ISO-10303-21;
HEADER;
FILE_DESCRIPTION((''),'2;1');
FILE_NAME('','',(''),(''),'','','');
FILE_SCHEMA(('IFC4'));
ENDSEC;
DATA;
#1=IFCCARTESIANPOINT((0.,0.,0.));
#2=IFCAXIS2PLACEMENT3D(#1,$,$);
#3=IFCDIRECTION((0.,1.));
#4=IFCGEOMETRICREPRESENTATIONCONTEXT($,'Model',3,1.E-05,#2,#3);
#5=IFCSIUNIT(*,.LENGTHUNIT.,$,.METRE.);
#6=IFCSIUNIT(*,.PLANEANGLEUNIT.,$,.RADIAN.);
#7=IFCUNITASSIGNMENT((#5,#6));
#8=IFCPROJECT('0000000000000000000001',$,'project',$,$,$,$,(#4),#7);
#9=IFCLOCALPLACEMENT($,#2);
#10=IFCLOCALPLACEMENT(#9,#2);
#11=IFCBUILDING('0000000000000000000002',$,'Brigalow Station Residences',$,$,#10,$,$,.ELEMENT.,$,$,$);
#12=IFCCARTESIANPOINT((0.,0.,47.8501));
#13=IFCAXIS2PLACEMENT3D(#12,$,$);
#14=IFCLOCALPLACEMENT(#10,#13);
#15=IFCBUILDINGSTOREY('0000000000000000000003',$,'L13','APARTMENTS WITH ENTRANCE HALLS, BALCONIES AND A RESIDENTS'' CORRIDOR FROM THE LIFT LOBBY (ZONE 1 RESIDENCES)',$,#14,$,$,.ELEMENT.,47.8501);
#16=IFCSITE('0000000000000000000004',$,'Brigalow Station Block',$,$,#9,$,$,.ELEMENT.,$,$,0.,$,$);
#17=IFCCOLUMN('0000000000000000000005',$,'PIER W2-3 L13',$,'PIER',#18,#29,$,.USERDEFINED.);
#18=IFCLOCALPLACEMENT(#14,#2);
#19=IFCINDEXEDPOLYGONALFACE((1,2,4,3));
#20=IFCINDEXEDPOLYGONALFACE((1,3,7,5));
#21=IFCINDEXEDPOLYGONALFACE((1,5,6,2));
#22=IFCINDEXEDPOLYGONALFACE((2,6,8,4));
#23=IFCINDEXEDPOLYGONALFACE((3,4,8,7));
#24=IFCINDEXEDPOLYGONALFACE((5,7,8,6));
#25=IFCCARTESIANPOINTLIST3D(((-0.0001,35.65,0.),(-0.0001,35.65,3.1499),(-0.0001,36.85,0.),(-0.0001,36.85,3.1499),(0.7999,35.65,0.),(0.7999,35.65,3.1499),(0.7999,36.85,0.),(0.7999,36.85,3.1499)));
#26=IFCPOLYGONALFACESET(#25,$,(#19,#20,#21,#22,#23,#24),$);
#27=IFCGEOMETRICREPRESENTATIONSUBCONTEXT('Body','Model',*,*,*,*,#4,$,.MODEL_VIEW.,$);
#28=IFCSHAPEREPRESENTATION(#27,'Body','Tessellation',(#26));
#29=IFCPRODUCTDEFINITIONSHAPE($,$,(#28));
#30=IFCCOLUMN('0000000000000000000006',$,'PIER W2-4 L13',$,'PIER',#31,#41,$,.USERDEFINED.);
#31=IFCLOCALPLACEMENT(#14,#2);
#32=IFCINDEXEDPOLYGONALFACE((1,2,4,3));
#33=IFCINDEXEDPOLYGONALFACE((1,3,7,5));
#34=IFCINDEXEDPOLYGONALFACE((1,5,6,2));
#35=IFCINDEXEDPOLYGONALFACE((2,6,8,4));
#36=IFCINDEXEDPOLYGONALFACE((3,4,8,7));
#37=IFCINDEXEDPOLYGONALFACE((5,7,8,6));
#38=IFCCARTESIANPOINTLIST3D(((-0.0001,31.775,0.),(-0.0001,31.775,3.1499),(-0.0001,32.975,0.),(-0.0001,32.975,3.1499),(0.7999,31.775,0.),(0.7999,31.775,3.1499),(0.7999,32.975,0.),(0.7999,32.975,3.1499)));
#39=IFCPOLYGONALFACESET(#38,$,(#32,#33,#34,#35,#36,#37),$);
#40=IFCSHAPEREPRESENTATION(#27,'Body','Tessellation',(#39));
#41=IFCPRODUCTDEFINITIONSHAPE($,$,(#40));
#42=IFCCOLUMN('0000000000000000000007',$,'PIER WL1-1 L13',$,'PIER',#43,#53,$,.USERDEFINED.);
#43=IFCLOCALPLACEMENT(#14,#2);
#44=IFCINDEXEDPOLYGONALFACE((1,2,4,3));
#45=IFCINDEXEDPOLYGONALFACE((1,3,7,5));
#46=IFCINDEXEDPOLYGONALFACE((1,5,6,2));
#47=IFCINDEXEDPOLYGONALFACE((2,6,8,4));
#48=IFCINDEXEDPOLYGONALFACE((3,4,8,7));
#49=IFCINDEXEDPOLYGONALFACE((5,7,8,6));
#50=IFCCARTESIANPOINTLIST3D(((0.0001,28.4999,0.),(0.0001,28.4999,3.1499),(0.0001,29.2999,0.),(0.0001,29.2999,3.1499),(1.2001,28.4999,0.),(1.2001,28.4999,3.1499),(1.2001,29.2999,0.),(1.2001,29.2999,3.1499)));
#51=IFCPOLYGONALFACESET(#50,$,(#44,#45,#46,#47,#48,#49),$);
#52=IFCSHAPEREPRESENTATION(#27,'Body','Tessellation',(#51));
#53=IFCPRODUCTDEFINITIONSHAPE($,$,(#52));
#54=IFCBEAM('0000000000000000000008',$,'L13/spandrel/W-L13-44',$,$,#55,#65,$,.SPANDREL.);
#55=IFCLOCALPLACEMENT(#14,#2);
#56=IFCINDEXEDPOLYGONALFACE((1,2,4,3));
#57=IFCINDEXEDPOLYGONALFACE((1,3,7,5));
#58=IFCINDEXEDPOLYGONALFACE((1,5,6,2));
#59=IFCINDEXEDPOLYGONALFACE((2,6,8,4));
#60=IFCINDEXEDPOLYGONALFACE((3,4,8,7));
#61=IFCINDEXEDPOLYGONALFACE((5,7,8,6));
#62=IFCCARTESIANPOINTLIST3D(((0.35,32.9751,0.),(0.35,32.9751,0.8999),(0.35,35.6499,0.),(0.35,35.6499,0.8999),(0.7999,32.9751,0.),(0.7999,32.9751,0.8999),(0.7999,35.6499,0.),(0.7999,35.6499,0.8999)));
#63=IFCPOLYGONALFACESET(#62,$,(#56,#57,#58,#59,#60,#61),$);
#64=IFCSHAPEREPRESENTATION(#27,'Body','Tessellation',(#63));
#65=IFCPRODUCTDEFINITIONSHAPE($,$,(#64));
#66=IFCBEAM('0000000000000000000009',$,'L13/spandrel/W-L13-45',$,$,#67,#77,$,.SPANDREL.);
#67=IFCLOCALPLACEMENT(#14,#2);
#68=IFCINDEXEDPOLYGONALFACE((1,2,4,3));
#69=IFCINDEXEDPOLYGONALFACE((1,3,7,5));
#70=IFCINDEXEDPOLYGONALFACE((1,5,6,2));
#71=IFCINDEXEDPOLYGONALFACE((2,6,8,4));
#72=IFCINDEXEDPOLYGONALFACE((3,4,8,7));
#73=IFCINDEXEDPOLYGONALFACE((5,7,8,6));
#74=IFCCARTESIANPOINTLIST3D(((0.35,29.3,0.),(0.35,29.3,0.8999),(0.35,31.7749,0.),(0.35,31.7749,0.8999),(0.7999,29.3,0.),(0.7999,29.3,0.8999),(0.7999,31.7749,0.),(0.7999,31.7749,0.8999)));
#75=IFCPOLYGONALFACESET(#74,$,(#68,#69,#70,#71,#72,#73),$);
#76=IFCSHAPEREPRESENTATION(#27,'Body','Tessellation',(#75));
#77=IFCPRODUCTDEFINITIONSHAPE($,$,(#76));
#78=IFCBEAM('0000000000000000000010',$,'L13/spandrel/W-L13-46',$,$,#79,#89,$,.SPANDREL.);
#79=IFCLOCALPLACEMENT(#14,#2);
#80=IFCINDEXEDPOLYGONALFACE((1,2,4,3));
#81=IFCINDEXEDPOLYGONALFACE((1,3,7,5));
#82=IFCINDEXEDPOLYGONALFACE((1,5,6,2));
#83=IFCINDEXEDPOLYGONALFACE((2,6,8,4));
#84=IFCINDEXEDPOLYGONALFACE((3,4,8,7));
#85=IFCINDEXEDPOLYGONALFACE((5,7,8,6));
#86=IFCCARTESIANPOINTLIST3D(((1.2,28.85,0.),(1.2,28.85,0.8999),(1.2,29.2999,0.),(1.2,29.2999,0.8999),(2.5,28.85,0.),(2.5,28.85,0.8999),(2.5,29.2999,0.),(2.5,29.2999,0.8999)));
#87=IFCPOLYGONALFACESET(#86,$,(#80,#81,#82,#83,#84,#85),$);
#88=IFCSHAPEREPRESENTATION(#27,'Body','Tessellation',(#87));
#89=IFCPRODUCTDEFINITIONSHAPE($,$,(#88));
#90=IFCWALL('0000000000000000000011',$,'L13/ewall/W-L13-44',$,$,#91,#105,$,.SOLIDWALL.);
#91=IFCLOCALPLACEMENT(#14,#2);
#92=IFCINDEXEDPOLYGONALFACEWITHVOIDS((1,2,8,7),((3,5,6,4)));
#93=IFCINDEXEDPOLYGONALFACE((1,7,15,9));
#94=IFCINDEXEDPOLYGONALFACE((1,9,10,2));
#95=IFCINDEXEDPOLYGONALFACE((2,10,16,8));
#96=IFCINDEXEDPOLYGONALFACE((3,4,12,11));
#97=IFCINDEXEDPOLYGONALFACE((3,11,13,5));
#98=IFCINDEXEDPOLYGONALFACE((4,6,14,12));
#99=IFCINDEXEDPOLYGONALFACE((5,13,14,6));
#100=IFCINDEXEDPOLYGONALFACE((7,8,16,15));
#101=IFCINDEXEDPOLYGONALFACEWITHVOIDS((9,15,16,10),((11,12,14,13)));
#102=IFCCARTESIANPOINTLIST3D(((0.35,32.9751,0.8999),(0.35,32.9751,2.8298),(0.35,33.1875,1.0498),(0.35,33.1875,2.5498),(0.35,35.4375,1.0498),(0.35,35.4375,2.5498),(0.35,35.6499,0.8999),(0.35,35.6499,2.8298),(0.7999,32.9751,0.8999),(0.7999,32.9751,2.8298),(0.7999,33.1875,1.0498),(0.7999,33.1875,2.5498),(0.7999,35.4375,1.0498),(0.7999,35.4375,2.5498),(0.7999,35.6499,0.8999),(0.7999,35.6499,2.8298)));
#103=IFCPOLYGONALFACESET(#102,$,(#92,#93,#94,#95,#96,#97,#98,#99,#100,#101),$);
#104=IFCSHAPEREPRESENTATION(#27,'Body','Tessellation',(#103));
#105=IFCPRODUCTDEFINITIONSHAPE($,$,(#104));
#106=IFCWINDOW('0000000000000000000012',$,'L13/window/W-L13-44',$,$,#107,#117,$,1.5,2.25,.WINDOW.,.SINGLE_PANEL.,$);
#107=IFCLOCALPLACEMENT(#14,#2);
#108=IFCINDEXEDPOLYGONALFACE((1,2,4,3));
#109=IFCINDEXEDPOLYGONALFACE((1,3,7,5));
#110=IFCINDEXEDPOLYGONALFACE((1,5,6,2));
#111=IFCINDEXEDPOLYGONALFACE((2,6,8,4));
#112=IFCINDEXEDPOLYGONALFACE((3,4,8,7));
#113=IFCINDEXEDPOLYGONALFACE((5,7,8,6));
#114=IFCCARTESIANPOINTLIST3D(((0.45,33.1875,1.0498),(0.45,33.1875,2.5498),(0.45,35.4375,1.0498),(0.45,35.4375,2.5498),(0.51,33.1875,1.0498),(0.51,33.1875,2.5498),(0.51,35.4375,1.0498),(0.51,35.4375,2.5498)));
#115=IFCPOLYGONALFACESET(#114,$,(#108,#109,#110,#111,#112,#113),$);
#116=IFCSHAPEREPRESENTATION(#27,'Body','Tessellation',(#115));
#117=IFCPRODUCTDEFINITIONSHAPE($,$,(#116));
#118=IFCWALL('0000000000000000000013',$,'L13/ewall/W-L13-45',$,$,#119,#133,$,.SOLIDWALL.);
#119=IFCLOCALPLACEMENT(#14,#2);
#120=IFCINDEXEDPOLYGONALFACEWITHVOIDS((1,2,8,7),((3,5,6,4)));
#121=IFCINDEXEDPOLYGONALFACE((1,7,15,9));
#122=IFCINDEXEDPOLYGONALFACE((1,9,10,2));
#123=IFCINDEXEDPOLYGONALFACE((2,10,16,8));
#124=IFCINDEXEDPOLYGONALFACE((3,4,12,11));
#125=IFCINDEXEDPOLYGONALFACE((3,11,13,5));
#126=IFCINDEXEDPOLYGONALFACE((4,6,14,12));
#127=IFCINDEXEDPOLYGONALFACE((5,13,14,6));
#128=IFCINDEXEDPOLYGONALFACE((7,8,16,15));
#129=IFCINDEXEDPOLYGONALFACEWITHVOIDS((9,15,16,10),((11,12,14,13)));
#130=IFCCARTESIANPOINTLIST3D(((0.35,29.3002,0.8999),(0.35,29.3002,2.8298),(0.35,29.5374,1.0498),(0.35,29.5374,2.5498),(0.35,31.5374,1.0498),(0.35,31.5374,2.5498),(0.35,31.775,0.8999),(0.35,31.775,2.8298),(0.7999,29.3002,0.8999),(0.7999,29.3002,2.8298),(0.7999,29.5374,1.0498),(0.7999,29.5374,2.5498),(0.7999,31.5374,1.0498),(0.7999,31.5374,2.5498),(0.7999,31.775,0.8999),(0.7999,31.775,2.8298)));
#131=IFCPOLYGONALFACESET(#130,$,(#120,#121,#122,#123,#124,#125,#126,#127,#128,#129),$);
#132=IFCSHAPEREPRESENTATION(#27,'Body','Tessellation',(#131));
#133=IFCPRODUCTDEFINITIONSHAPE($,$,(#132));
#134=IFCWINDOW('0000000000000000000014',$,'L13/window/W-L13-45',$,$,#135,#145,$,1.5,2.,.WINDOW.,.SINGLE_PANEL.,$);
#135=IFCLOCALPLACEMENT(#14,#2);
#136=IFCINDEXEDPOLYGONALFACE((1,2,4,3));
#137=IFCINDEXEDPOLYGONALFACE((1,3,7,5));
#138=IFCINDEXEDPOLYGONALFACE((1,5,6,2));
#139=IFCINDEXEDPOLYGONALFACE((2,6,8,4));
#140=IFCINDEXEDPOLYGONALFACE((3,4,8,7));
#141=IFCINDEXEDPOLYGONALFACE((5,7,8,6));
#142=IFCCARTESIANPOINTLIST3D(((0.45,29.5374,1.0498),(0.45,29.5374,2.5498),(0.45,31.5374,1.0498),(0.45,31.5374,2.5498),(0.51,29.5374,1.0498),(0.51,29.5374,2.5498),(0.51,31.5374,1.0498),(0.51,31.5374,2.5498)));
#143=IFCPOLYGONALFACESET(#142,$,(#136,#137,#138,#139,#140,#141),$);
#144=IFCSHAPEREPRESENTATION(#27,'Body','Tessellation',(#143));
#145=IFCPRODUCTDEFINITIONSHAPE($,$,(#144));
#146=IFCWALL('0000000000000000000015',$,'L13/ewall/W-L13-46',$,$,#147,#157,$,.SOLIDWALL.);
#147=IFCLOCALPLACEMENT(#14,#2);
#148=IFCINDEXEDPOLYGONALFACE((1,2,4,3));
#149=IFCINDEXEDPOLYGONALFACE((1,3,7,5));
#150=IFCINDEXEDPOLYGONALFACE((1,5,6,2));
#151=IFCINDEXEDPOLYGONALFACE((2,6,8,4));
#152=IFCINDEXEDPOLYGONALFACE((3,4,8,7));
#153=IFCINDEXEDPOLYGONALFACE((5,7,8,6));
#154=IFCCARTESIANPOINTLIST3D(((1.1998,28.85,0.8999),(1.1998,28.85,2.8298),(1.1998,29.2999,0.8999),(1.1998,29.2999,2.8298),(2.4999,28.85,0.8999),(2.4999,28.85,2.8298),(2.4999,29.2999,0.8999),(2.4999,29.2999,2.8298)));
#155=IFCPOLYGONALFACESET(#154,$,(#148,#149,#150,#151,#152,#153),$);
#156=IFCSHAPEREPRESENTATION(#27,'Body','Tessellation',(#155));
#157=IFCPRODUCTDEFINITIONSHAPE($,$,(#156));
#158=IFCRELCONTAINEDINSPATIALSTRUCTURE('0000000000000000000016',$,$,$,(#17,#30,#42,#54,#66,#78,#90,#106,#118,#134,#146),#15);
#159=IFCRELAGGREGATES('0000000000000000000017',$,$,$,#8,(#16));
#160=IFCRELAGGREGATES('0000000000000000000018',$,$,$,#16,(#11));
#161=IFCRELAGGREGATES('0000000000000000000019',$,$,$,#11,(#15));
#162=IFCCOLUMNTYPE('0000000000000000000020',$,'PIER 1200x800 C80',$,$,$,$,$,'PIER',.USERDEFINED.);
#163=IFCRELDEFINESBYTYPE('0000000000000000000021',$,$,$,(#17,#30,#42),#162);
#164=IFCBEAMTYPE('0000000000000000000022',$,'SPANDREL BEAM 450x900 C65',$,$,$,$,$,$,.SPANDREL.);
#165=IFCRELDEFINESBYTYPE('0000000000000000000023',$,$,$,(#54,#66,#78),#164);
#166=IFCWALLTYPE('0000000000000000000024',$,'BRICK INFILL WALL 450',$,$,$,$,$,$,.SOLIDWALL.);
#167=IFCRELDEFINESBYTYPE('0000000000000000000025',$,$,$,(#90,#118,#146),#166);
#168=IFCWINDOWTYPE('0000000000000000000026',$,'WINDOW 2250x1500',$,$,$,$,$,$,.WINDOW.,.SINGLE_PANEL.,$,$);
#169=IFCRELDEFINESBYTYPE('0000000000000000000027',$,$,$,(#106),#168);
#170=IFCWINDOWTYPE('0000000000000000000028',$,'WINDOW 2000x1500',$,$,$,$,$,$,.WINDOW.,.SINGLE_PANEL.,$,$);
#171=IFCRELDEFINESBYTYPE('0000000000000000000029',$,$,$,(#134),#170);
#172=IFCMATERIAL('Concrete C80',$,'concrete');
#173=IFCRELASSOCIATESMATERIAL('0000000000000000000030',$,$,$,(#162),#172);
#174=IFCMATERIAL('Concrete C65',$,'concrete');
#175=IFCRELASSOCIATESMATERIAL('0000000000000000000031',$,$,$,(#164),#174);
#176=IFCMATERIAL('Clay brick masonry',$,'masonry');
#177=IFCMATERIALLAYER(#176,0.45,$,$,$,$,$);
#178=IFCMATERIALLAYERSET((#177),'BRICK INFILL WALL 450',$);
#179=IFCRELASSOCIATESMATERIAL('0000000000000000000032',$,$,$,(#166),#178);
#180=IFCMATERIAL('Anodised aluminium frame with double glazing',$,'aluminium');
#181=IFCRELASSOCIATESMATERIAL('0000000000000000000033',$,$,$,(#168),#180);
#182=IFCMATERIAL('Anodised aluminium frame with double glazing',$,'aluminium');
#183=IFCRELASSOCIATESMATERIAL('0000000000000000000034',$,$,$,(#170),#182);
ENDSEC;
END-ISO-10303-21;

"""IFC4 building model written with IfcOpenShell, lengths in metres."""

from ifc_helpers import new_model, si_unit, direction, frame, frame_2d, origin, origin_2d, place, context, subcontext, project, spatial, rectangle, extrude, material, layer, layer_set, material_profile, profile_set, type_object, element, fill, save


model = new_model("IFC4")

# Units and contexts
model_context = context("Model", 3, precision=1e-05, world=origin(), true_north=direction((0.0, 1.0)))
body_context = subcontext(model_context, "Body", "Model", "MODEL_VIEW")
ifc_project = project(units=[si_unit("LENGTHUNIT", "METRE"), si_unit("PLANEANGLEUNIT", "RADIAN")], contexts=[model_context])

# Site, building, storey
site_placement = place(None, origin())
site = spatial("IfcSite", under=ifc_project, at=site_placement, Name="Brigalow Station Block", CompositionType="ELEMENT", RefElevation=0.0)
building_placement = place(site_placement, origin())
building = spatial("IfcBuilding", under=site, at=building_placement, Name="Brigalow Station Residences", CompositionType="ELEMENT")
storey_placement = place(building_placement, frame((0.0, 0.0, 47.8501)))
storey = spatial("IfcBuildingStorey", under=building, at=storey_placement, Name="L13", Description="APARTMENTS WITH ENTRANCE HALLS, BALCONIES AND A RESIDENTS' CORRIDOR FROM THE LIFT LOBBY (ZONE 1 RESIDENCES)", CompositionType="ELEMENT", Elevation=47.8501)

# Columns
ifc_material_1 = material(Name="Concrete C80", Category="concrete")
ifc_material_profile_1 = material_profile(ifc_material_1, rectangle(XDim=1.2, YDim=0.8, at=origin_2d()), Name="RC1200x800")
ifc_profile_set_1 = profile_set([ifc_material_profile_1], Name="Concrete C80")
column_type = type_object("IfcColumnType", Name="PIER 1200x800 C80", ElementType="PIER", PredefinedType="USERDEFINED", material=ifc_profile_set_1)
for number, where, z_axis, x_axis, name in (
    (1, (0.3999, 36.25, 0.0), (0.0, 0.0, 1.0), (0.0, -1.0, 0.0), "PIER W2-3 L13"),
    (2, (0.3999, 32.375, 0.0), (0.0, 0.0, 1.0), (0.0, -1.0, 0.0), "PIER W2-4 L13"),
    (3, (0.6001, 28.8999, 0.0), (0.0, 0.0, 1.0), (1.0, 0.0, 0.0), "PIER WL1-1 L13"),
):
    element("IfcColumn", number, at=place(storey_placement, frame(where, z_axis=z_axis, x_axis=x_axis)), inside=storey, type_object=column_type, Name=name, ObjectType="PIER", PredefinedType="USERDEFINED", context=body_context, shape_type="SweptSolid", body=[
        extrude(rectangle(XDim=1.2, YDim=0.8, at=origin_2d()), origin(), (0.0, 0.0, 1.0), 3.1499),
    ])

# Beams
ifc_material_2 = material(Name="Concrete C65", Category="concrete")
ifc_material_profile_2 = material_profile(ifc_material_2, rectangle(XDim=0.45, YDim=0.8999, at=origin_2d()), Name="RC450x900")
ifc_profile_set_2 = profile_set([ifc_material_profile_2], Name="Concrete C65")
beam_type = type_object("IfcBeamType", Name="SPANDREL BEAM 450x900 C65", PredefinedType="SPANDREL", material=ifc_profile_set_2)
beam_1_placement = place(storey_placement, frame((0.575, 35.6499, 0.45), z_axis=(0.0, -1.0, 0.0), x_axis=(1.0, 0.0, 0.0)))
element("IfcBeam", 4, at=beam_1_placement, inside=storey, type_object=beam_type, Name="L13/spandrel/W-L13-44", PredefinedType="SPANDREL", context=body_context, shape_type="SweptSolid", body=[
    extrude(rectangle(XDim=0.45, YDim=0.8999, at=origin_2d()), origin(), (0.0, 0.0, 1.0), 2.6748),
])
beam_2_placement = place(storey_placement, frame((0.575, 31.7749, 0.45), z_axis=(0.0, -1.0, 0.0), x_axis=(1.0, 0.0, 0.0)))
element("IfcBeam", 5, at=beam_2_placement, inside=storey, type_object=beam_type, Name="L13/spandrel/W-L13-45", PredefinedType="SPANDREL", context=body_context, shape_type="SweptSolid", body=[
    extrude(rectangle(XDim=0.45, YDim=0.8999, at=origin_2d()), origin(), (0.0, 0.0, 1.0), 2.4749),
])
beam_3_placement = place(storey_placement, frame((1.2, 29.075, 0.45), z_axis=(1.0, 0.0, 0.0), x_axis=(0.0, 1.0, 0.0)))
element("IfcBeam", 6, at=beam_3_placement, inside=storey, type_object=beam_type, Name="L13/spandrel/W-L13-46", PredefinedType="SPANDREL", context=body_context, shape_type="SweptSolid", body=[
    extrude(rectangle(XDim=0.45, YDim=0.8999, at=origin_2d()), origin(), (0.0, 0.0, 1.0), 1.3),
])

# Walls, openings, windows
ifc_material_3 = material(Name="Clay brick masonry", Category="masonry")
ifc_layer_1 = layer(ifc_material_3, 0.45)
ifc_layer_set_1 = layer_set([ifc_layer_1], Name="BRICK INFILL WALL 450")
wall_type_1 = type_object("IfcWallType", Name="BRICK INFILL WALL 450", PredefinedType="SOLIDWALL", material=ifc_layer_set_1)
wall_1_placement = place(storey_placement, frame((0.575, 35.6499, 0.8999), z_axis=(0.0, 0.0, 1.0), x_axis=(0.0, -1.0, 0.0)))
wall_1 = element("IfcWall", 7, at=wall_1_placement, inside=storey, type_object=wall_type_1, Name="L13/ewall/W-L13-44", PredefinedType="SOLIDWALL", context=body_context, shape_type="SweptSolid", body=[
    extrude(rectangle(XDim=2.6748, YDim=0.45, at=frame_2d((1.3374, 0.0))), origin(), (0.0, 0.0, 1.0), 1.9299),
])
opening_1_placement = place(wall_1_placement, frame((0.2124, 0.0, 0.1499)))
opening_1 = element("IfcOpeningElement", 8, at=opening_1_placement, cuts=wall_1, PredefinedType="OPENING", context=body_context, shape_type="SweptSolid", body=[
    extrude(rectangle(XDim=2.25, YDim=1.5, at=frame_2d((1.125, 0.75))), frame((0.0, 0.2349, 0.0), z_axis=(0.0, -1.0, 0.0), x_axis=(1.0, 0.0, 0.0)), (0.0, 0.0, 1.0), 0.47),
])
ifc_material_4 = material(Name="Anodised aluminium frame with double glazing", Category="aluminium")
window_type_1 = type_object("IfcWindowType", Name="WINDOW 2250x1500", PartitioningType="SINGLE_PANEL", PredefinedType="WINDOW", material=ifc_material_4)
window_1_placement = place(opening_1_placement, origin())
window_1 = element("IfcWindow", 9, at=window_1_placement, inside=storey, type_object=window_type_1, Name="L13/window/W-L13-44", OverallHeight=1.5, OverallWidth=2.25, PartitioningType="SINGLE_PANEL", PredefinedType="WINDOW", context=body_context, shape_type="SweptSolid", body=[
    extrude(rectangle(XDim=2.25, YDim=1.5, at=frame_2d((1.125, 0.75))), frame((0.0, -0.0649, 0.0), z_axis=(0.0, -1.0, 0.0), x_axis=(1.0, 0.0, 0.0)), (0.0, 0.0, 1.0), 0.0601),
])
fill(opening_1, window_1)
wall_2_placement = place(storey_placement, frame((0.575, 31.7749, 0.8999), z_axis=(0.0, 0.0, 1.0), x_axis=(0.0, -1.0, 0.0)))
wall_2 = element("IfcWall", 10, at=wall_2_placement, inside=storey, type_object=wall_type_1, Name="L13/ewall/W-L13-45", PredefinedType="SOLIDWALL", context=body_context, shape_type="SweptSolid", body=[
    extrude(rectangle(XDim=2.4749, YDim=0.45, at=frame_2d((1.2373, 0.0))), origin(), (0.0, 0.0, 1.0), 1.9299),
])
opening_2_placement = place(wall_2_placement, frame((0.2375, 0.0, 0.1499)))
opening_2 = element("IfcOpeningElement", 11, at=opening_2_placement, cuts=wall_2, PredefinedType="OPENING", context=body_context, shape_type="SweptSolid", body=[
    extrude(rectangle(XDim=2.0, YDim=1.5, at=frame_2d((1.0, 0.75))), frame((0.0, 0.2349, 0.0), z_axis=(0.0, -1.0, 0.0), x_axis=(1.0, 0.0, 0.0)), (0.0, 0.0, 1.0), 0.47),
])
ifc_material_5 = material(Name="Anodised aluminium frame with double glazing", Category="aluminium")
window_type_2 = type_object("IfcWindowType", Name="WINDOW 2000x1500", PartitioningType="SINGLE_PANEL", PredefinedType="WINDOW", material=ifc_material_5)
window_2_placement = place(opening_2_placement, origin())
window_2 = element("IfcWindow", 12, at=window_2_placement, inside=storey, type_object=window_type_2, Name="L13/window/W-L13-45", OverallHeight=1.5, OverallWidth=2.0, PartitioningType="SINGLE_PANEL", PredefinedType="WINDOW", context=body_context, shape_type="SweptSolid", body=[
    extrude(rectangle(XDim=2.0, YDim=1.5, at=frame_2d((1.0, 0.75))), frame((0.0, -0.0649, 0.0), z_axis=(0.0, -1.0, 0.0), x_axis=(1.0, 0.0, 0.0)), (0.0, 0.0, 1.0), 0.0601),
])
fill(opening_2, window_2)

# Wall
wall_3_placement = place(storey_placement, frame((1.2, 29.075, 0.8999), z_axis=(0.0, 0.0, 1.0), x_axis=(1.0, 0.0, 0.0)))
element("IfcWall", 13, at=wall_3_placement, inside=storey, type_object=wall_type_1, Name="L13/ewall/W-L13-46", PredefinedType="SOLIDWALL", context=body_context, shape_type="SweptSolid", body=[
    extrude(rectangle(XDim=1.3, YDim=0.45, at=frame_2d((0.6499, 0.0))), origin(), (0.0, 0.0, 1.0), 1.9299),
])

save(model, "model.ifc")
